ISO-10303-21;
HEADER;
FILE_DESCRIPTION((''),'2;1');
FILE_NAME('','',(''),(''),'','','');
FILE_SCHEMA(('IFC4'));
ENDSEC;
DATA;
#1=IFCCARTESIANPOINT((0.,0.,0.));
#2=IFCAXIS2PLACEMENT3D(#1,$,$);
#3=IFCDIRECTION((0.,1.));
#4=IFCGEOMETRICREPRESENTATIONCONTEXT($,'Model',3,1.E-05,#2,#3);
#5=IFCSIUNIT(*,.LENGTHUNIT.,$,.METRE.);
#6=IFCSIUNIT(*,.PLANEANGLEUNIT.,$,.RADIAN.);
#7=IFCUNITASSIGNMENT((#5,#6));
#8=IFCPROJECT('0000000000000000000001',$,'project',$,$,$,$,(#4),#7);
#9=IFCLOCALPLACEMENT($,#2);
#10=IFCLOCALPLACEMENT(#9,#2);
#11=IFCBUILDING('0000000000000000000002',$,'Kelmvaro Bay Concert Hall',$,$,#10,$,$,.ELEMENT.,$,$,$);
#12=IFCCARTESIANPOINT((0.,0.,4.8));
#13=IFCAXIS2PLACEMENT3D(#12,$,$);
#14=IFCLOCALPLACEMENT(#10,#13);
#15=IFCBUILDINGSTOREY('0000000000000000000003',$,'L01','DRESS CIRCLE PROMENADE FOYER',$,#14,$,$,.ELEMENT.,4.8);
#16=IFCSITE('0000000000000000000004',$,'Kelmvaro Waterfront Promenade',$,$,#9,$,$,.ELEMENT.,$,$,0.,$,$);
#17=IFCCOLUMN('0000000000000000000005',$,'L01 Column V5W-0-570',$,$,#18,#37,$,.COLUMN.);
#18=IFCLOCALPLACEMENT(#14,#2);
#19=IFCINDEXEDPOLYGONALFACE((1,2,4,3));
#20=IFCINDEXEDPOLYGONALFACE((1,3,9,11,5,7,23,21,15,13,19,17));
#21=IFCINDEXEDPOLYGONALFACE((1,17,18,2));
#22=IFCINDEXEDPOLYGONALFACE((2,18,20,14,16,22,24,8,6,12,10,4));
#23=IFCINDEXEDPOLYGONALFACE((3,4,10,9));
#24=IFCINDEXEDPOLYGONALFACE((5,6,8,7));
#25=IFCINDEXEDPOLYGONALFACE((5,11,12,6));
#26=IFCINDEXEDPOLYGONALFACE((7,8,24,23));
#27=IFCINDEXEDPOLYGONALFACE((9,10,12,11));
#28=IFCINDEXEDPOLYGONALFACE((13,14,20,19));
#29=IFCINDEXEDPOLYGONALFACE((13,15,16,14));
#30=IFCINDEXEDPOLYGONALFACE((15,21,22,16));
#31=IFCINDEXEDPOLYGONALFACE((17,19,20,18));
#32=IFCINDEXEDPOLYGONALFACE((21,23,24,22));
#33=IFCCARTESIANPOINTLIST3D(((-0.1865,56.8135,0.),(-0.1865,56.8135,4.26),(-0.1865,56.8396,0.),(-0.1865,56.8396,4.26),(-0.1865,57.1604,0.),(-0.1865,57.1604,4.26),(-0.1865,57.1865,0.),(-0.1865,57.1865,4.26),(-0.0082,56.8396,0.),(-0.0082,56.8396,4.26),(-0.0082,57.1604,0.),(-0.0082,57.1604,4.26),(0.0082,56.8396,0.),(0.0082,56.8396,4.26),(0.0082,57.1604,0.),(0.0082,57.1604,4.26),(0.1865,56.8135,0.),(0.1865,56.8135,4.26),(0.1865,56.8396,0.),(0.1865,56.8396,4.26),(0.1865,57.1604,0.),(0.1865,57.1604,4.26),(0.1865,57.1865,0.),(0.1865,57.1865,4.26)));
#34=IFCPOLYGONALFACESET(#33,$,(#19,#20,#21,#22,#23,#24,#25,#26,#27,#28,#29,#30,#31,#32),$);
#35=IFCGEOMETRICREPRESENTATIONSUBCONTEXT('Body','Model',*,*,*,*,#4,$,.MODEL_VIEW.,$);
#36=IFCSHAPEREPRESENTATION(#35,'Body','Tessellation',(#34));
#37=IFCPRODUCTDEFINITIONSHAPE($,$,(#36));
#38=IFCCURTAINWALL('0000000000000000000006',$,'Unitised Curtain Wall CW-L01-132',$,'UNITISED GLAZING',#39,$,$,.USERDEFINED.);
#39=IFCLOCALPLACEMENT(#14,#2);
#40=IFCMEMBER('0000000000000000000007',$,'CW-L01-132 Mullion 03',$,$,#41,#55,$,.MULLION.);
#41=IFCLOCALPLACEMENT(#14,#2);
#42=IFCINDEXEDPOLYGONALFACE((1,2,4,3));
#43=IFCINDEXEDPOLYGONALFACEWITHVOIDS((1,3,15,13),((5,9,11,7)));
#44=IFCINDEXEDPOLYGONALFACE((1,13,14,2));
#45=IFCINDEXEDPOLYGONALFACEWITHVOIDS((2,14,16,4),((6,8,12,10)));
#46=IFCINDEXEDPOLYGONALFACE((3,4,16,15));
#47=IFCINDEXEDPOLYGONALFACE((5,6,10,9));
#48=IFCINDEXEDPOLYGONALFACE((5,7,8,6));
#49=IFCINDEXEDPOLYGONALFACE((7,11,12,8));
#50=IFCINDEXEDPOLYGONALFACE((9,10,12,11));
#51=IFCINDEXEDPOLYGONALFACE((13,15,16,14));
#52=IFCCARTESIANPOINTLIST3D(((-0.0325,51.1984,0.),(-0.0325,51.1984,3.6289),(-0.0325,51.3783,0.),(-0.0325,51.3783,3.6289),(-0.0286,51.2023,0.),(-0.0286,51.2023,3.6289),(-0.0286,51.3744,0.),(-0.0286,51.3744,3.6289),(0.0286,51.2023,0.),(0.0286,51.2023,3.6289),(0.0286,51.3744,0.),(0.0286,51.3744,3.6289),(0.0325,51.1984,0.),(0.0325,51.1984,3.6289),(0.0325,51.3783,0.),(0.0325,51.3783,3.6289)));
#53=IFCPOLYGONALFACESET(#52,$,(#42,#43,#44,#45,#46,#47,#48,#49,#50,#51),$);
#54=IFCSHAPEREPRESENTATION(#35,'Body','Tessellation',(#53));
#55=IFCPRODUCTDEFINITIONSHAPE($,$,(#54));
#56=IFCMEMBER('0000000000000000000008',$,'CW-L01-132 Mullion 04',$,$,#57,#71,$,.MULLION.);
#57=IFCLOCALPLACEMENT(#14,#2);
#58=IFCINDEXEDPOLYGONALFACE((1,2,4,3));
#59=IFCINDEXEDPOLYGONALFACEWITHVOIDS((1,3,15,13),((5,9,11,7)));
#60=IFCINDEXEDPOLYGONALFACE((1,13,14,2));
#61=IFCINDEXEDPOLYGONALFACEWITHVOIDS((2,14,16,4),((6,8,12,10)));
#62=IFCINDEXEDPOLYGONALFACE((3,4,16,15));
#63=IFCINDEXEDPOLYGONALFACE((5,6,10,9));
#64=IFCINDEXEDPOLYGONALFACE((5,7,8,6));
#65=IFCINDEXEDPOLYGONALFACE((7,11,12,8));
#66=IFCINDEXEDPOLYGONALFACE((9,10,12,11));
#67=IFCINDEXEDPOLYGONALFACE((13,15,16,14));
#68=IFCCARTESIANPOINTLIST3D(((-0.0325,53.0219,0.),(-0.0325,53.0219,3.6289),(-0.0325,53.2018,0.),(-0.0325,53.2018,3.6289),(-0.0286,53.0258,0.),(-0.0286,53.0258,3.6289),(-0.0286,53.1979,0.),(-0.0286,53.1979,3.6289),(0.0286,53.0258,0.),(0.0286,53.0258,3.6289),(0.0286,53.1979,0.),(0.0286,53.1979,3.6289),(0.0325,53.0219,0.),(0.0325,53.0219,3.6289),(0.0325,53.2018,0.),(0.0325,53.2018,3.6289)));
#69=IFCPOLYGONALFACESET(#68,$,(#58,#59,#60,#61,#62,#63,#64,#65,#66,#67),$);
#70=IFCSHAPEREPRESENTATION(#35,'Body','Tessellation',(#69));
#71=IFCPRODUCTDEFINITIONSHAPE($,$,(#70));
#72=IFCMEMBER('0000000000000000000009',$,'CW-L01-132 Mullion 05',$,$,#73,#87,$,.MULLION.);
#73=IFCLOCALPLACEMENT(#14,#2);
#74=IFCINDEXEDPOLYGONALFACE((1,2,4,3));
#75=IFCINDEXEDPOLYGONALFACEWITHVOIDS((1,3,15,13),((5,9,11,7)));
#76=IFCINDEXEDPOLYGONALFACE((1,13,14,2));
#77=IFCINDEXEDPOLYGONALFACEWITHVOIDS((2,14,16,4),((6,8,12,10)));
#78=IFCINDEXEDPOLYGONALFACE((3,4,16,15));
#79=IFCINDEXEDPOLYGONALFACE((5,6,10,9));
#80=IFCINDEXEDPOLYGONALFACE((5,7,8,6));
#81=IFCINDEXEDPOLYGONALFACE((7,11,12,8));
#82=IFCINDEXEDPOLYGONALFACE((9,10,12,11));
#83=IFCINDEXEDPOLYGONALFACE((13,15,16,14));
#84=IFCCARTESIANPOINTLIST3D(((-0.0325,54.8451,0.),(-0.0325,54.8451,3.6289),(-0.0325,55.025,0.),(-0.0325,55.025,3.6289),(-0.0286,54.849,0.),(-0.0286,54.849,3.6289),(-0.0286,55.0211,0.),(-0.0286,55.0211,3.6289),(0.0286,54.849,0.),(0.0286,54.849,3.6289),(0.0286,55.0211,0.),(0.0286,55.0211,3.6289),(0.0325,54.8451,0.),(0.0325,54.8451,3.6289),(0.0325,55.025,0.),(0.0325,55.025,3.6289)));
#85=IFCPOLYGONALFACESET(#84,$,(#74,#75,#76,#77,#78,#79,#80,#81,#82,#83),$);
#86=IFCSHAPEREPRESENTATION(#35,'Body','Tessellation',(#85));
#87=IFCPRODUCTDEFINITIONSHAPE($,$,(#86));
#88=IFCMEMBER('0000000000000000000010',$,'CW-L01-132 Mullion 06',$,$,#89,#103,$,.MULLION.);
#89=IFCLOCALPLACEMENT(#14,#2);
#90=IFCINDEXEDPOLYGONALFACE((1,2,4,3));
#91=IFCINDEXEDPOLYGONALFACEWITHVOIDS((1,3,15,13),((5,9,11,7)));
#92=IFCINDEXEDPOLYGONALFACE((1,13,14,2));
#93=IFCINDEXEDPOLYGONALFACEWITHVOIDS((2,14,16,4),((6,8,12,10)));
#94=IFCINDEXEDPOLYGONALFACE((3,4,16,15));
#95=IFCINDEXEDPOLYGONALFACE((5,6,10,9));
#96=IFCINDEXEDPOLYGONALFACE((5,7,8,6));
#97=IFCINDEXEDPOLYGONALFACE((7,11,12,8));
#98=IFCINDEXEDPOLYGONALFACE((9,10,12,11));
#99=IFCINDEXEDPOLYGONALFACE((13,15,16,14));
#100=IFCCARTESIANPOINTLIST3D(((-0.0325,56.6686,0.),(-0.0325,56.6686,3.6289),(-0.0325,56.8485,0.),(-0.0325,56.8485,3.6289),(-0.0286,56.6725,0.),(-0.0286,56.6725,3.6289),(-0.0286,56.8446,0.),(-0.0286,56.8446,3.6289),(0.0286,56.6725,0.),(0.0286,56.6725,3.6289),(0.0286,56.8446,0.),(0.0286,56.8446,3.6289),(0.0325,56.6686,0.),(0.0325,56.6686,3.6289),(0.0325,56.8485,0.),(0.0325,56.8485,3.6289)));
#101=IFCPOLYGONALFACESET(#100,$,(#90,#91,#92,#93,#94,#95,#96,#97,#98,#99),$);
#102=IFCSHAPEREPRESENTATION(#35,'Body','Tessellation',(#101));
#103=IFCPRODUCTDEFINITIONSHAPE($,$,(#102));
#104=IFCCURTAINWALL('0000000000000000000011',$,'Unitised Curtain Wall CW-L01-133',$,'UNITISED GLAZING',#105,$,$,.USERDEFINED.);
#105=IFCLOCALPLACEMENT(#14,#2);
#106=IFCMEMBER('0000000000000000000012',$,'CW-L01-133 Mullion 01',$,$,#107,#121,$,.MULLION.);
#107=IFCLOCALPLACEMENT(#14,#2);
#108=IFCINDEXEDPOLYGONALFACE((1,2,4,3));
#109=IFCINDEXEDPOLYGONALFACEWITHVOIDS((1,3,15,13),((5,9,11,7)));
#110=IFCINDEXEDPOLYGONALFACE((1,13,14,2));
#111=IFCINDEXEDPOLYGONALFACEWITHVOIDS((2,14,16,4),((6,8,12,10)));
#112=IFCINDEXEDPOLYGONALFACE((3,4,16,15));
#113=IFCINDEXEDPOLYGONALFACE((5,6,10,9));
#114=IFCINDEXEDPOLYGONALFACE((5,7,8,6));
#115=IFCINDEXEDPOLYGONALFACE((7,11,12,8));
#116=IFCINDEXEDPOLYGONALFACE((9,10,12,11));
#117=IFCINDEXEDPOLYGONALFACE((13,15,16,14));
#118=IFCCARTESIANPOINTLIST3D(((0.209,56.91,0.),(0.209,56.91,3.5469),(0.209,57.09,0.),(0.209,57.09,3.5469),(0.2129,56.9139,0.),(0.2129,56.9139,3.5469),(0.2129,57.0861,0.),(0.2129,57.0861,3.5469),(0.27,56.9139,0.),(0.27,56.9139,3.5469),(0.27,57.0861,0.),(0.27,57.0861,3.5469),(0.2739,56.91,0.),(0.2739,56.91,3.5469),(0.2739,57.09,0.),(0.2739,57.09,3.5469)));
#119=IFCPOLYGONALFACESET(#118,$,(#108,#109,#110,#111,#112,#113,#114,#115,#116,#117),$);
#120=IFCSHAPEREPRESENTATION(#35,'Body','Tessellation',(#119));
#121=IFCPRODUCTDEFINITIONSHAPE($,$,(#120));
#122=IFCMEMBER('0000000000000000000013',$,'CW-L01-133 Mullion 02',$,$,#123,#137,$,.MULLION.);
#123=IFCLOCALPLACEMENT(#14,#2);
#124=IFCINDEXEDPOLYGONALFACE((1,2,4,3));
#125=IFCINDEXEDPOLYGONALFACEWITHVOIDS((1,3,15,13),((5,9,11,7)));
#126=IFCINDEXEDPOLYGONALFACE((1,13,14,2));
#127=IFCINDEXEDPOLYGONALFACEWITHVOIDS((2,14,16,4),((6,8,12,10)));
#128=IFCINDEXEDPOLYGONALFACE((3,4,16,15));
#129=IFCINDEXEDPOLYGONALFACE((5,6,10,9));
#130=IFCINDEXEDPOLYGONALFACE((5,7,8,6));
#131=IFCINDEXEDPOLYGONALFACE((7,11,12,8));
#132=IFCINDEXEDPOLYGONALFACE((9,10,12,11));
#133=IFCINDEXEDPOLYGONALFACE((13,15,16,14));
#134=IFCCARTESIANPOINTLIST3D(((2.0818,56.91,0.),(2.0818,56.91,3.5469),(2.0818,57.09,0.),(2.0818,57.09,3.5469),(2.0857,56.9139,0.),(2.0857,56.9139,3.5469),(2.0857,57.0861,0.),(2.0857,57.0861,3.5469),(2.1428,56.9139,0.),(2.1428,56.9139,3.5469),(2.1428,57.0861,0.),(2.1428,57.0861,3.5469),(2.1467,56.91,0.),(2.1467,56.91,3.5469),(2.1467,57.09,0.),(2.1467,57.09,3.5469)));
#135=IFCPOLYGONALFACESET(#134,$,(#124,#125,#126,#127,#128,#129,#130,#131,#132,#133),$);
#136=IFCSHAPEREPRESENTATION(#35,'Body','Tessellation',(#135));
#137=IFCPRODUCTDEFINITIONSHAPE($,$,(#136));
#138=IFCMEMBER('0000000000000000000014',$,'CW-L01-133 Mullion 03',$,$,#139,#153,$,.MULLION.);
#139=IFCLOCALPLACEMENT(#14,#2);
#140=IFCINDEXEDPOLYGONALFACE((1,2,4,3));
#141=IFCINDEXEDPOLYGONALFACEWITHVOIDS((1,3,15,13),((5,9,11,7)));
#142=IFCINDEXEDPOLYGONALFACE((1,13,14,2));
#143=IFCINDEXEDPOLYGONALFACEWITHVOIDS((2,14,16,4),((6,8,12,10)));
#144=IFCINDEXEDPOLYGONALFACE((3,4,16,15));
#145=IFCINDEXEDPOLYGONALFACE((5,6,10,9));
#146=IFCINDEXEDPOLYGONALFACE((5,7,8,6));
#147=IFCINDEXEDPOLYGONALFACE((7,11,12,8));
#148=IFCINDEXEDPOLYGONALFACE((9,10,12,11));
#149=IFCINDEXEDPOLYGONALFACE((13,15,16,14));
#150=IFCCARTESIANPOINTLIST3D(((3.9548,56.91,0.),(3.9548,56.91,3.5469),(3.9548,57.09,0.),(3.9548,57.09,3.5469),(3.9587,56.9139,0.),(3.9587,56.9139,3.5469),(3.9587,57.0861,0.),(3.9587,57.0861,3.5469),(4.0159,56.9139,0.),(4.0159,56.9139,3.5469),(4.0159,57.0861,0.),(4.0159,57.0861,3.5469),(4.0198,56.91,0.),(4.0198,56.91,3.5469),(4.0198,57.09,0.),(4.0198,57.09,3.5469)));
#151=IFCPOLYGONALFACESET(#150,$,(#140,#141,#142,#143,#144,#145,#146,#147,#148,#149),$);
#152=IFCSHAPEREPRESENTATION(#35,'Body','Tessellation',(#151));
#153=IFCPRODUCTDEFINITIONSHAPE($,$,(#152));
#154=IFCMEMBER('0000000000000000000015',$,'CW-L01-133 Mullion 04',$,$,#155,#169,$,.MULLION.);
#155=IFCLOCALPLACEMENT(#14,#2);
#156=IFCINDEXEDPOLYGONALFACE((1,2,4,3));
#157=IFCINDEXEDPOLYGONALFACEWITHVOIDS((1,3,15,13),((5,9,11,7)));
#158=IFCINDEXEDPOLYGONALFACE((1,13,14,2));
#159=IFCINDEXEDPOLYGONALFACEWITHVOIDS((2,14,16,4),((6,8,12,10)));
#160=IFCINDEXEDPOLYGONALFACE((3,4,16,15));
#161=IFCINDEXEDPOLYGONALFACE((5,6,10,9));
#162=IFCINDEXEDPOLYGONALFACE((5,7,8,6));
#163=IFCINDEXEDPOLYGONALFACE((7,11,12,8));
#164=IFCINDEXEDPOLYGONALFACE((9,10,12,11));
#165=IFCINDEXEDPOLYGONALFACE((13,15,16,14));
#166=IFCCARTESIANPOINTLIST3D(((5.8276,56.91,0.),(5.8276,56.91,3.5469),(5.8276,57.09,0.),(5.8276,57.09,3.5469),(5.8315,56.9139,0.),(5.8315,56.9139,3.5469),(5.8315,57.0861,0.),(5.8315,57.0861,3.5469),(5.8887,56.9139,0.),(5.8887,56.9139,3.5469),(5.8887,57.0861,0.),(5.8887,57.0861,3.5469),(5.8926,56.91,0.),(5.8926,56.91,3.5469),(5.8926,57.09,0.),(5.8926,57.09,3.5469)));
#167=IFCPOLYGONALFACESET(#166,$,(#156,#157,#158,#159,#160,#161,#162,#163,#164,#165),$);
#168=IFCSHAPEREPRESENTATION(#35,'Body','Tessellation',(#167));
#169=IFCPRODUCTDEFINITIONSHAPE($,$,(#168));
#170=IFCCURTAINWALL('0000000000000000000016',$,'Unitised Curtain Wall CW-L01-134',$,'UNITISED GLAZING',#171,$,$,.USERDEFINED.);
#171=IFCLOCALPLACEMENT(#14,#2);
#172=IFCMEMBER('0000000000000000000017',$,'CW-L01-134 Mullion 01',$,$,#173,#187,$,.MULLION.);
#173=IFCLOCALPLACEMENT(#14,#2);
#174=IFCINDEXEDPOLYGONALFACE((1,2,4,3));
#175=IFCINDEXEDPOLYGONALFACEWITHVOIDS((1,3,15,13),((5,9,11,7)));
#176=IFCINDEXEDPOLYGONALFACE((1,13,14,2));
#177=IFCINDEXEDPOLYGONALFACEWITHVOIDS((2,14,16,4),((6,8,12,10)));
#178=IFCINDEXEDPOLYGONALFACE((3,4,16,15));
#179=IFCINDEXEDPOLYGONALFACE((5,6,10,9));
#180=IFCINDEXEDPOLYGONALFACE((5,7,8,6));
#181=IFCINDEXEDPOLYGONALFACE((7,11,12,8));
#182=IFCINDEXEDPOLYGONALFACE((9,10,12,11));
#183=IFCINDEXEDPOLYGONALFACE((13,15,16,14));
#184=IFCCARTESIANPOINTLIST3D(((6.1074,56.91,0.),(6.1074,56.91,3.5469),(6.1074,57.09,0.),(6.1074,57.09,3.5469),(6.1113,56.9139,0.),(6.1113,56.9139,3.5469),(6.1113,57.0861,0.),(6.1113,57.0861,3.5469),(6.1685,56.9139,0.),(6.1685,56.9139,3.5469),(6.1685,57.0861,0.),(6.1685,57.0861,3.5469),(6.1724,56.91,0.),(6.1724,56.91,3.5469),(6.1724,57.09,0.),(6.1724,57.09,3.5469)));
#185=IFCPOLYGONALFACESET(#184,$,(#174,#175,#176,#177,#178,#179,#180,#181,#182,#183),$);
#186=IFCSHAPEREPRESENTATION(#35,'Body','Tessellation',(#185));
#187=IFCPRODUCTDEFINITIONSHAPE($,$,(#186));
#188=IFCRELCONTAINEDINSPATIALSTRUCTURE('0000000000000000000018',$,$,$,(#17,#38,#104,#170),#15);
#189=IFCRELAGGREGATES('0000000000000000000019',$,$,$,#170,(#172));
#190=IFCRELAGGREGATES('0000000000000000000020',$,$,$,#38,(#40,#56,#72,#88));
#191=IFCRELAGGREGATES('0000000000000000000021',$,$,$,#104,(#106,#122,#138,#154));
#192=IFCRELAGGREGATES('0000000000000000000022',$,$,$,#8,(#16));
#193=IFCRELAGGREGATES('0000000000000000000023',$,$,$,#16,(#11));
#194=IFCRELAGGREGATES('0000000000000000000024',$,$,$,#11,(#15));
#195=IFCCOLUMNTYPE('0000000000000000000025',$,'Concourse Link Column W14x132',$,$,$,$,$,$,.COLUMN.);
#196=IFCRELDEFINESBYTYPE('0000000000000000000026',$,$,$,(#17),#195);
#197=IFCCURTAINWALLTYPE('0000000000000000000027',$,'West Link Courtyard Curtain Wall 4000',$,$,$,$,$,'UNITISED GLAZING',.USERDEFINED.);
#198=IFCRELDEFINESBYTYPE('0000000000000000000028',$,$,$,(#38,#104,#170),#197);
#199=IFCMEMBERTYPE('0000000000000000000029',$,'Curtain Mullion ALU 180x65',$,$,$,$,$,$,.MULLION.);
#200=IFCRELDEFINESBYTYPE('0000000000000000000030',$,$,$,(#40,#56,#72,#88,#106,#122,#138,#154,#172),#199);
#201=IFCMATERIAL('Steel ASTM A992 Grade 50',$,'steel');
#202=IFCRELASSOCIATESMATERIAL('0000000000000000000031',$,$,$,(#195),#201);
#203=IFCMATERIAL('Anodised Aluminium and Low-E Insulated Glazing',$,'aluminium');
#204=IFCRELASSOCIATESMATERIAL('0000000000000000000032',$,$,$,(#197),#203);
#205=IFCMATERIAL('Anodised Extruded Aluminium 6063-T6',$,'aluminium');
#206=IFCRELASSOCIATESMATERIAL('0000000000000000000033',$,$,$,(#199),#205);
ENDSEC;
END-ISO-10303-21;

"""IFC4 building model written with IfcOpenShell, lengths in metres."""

from ifc_helpers import new_model, si_unit, direction, frame, origin, origin_2d, place, context, subcontext, project, spatial, hollow_rectangle, i_section, extrude, material, material_profile, profile_set, type_object, element, aggregate, save


model = new_model("IFC4")

# Units and contexts
model_context = context("Model", 3, precision=1e-05, world=origin(), true_north=direction((0.0, 1.0)))
body_context = subcontext(model_context, "Body", "Model", "MODEL_VIEW")
ifc_project = project(units=[si_unit("LENGTHUNIT", "METRE"), si_unit("PLANEANGLEUNIT", "RADIAN")], contexts=[model_context])

# Site, building, storey
site_placement = place(None, origin())
site = spatial("IfcSite", under=ifc_project, at=site_placement, Name="Kelmvaro Waterfront Promenade", CompositionType="ELEMENT", RefElevation=0.0)
building_placement = place(site_placement, origin())
building = spatial("IfcBuilding", under=site, at=building_placement, Name="Kelmvaro Bay Concert Hall", CompositionType="ELEMENT")
storey_placement = place(building_placement, frame((0.0, 0.0, 4.8)))
storey = spatial("IfcBuildingStorey", under=building, at=storey_placement, Name="L01", Description="DRESS CIRCLE PROMENADE FOYER", CompositionType="ELEMENT", Elevation=4.8)

# Column
ifc_material_1 = material(Name="Steel ASTM A992 Grade 50", Category="steel")
ifc_material_profile_1 = material_profile(ifc_material_1, i_section(OverallWidth=0.373, OverallDepth=0.373, WebThickness=0.0164, FlangeThickness=0.0261, at=origin_2d()), Name="W14X132")
ifc_profile_set_1 = profile_set([ifc_material_profile_1], Name="Steel ASTM A992 Grade 50")
column_type = type_object("IfcColumnType", Name="Concourse Link Column W14x132", PredefinedType="COLUMN", material=ifc_profile_set_1)
column_placement = place(storey_placement, frame((0.0, 57.0, 0.0), z_axis=(0.0, 0.0, 1.0), x_axis=(1.0, 0.0, 0.0)))
element("IfcColumn", 1, at=column_placement, inside=storey, type_object=column_type, Name="L01 Column V5W-0-570", PredefinedType="COLUMN", context=body_context, shape_type="SweptSolid", body=[
    extrude(i_section(OverallWidth=0.373, OverallDepth=0.373, WebThickness=0.0164, FlangeThickness=0.0261, at=origin_2d()), origin(), (0.0, 0.0, 1.0), 4.26),
])

# Curtain walls, members
ifc_material_2 = material(Name="Anodised Aluminium and Low-E Insulated Glazing", Category="aluminium")
curtain_wall_type = type_object("IfcCurtainWallType", Name="West Link Courtyard Curtain Wall 4000", ElementType="UNITISED GLAZING", PredefinedType="USERDEFINED", material=ifc_material_2)
curtain_wall_1_placement = place(storey_placement, origin())
curtain_wall_1 = element("IfcCurtainWall", 2, at=curtain_wall_1_placement, inside=storey, type_object=curtain_wall_type, Name="Unitised Curtain Wall CW-L01-132", ObjectType="UNITISED GLAZING", PredefinedType="USERDEFINED")
ifc_material_3 = material(Name="Anodised Extruded Aluminium 6063-T6", Category="aluminium")
ifc_material_profile_2 = material_profile(ifc_material_3, hollow_rectangle(XDim=0.0649, YDim=0.1799, WallThickness=0.0039, at=origin_2d()), Name="ALU-MUL-180X65")
ifc_profile_set_2 = profile_set([ifc_material_profile_2], Name="Anodised Extruded Aluminium 6063-T6")
member_type_1 = type_object("IfcMemberType", Name="Curtain Mullion ALU 180x65", PredefinedType="MULLION", material=ifc_profile_set_2)
member_1_placement = place(storey_placement, frame((0.0, 51.2883, 0.0), z_axis=(0.0, 0.0, 1.0), x_axis=(1.0, 0.0, 0.0)))
member_1 = element("IfcMember", 3, at=member_1_placement, type_object=member_type_1, Name="CW-L01-132 Mullion 03", PredefinedType="MULLION", context=body_context, shape_type="SweptSolid", body=[
    extrude(hollow_rectangle(XDim=0.0649, YDim=0.1799, WallThickness=0.0039, at=origin_2d()), origin(), (0.0, 0.0, 1.0), 3.6289),
])
member_2_placement = place(storey_placement, frame((0.0, 53.1118, 0.0), z_axis=(0.0, 0.0, 1.0), x_axis=(1.0, 0.0, 0.0)))
member_2 = element("IfcMember", 4, at=member_2_placement, type_object=member_type_1, Name="CW-L01-132 Mullion 04", PredefinedType="MULLION", context=body_context, shape_type="SweptSolid", body=[
    extrude(hollow_rectangle(XDim=0.0649, YDim=0.1799, WallThickness=0.0039, at=origin_2d()), origin(), (0.0, 0.0, 1.0), 3.6289),
])
member_3_placement = place(storey_placement, frame((0.0, 54.9351, 0.0), z_axis=(0.0, 0.0, 1.0), x_axis=(1.0, 0.0, 0.0)))
member_3 = element("IfcMember", 5, at=member_3_placement, type_object=member_type_1, Name="CW-L01-132 Mullion 05", PredefinedType="MULLION", context=body_context, shape_type="SweptSolid", body=[
    extrude(hollow_rectangle(XDim=0.0649, YDim=0.1799, WallThickness=0.0039, at=origin_2d()), origin(), (0.0, 0.0, 1.0), 3.6289),
])
member_4_placement = place(storey_placement, frame((0.0, 56.7585, 0.0), z_axis=(0.0, 0.0, 1.0), x_axis=(1.0, 0.0, 0.0)))
member_4 = element("IfcMember", 6, at=member_4_placement, type_object=member_type_1, Name="CW-L01-132 Mullion 06", PredefinedType="MULLION", context=body_context, shape_type="SweptSolid", body=[
    extrude(hollow_rectangle(XDim=0.0649, YDim=0.1799, WallThickness=0.0039, at=origin_2d()), origin(), (0.0, 0.0, 1.0), 3.6289),
])
curtain_wall_2_placement = place(storey_placement, origin())
curtain_wall_2 = element("IfcCurtainWall", 7, at=curtain_wall_2_placement, inside=storey, type_object=curtain_wall_type, Name="Unitised Curtain Wall CW-L01-133", ObjectType="UNITISED GLAZING", PredefinedType="USERDEFINED")
member_5_placement = place(storey_placement, frame((0.2415, 57.0, 0.0), z_axis=(0.0, 0.0, 1.0), x_axis=(1.0, 0.0, 0.0)))
member_5 = element("IfcMember", 8, at=member_5_placement, type_object=member_type_1, Name="CW-L01-133 Mullion 01", PredefinedType="MULLION", context=body_context, shape_type="SweptSolid", body=[
    extrude(hollow_rectangle(XDim=0.0649, YDim=0.1799, WallThickness=0.0039, at=origin_2d()), origin(), (0.0, 0.0, 1.0), 3.5469),
])
member_6_placement = place(storey_placement, frame((2.1143, 57.0, 0.0), z_axis=(0.0, 0.0, 1.0), x_axis=(1.0, 0.0, 0.0)))
member_6 = element("IfcMember", 9, at=member_6_placement, type_object=member_type_1, Name="CW-L01-133 Mullion 02", PredefinedType="MULLION", context=body_context, shape_type="SweptSolid", body=[
    extrude(hollow_rectangle(XDim=0.0649, YDim=0.1799, WallThickness=0.0039, at=origin_2d()), origin(), (0.0, 0.0, 1.0), 3.5469),
])
member_7_placement = place(storey_placement, frame((3.9873, 57.0, 0.0), z_axis=(0.0, 0.0, 1.0), x_axis=(1.0, 0.0, 0.0)))
member_7 = element("IfcMember", 10, at=member_7_placement, type_object=member_type_1, Name="CW-L01-133 Mullion 03", PredefinedType="MULLION", context=body_context, shape_type="SweptSolid", body=[
    extrude(hollow_rectangle(XDim=0.0649, YDim=0.1799, WallThickness=0.0039, at=origin_2d()), origin(), (0.0, 0.0, 1.0), 3.5469),
])
member_8_placement = place(storey_placement, frame((5.8601, 57.0, 0.0), z_axis=(0.0, 0.0, 1.0), x_axis=(1.0, 0.0, 0.0)))
member_8 = element("IfcMember", 11, at=member_8_placement, type_object=member_type_1, Name="CW-L01-133 Mullion 04", PredefinedType="MULLION", context=body_context, shape_type="SweptSolid", body=[
    extrude(hollow_rectangle(XDim=0.0649, YDim=0.1799, WallThickness=0.0039, at=origin_2d()), origin(), (0.0, 0.0, 1.0), 3.5469),
])

# Curtain wall, member
curtain_wall_3_placement = place(storey_placement, origin())
curtain_wall_3 = element("IfcCurtainWall", 12, at=curtain_wall_3_placement, inside=storey, type_object=curtain_wall_type, Name="Unitised Curtain Wall CW-L01-134", ObjectType="UNITISED GLAZING", PredefinedType="USERDEFINED")
member_9_placement = place(storey_placement, frame((6.1399, 57.0, 0.0), z_axis=(0.0, 0.0, 1.0), x_axis=(1.0, 0.0, 0.0)))
member_9 = element("IfcMember", 13, at=member_9_placement, type_object=member_type_1, Name="CW-L01-134 Mullion 01", PredefinedType="MULLION", context=body_context, shape_type="SweptSolid", body=[
    extrude(hollow_rectangle(XDim=0.0649, YDim=0.1799, WallThickness=0.0039, at=origin_2d()), origin(), (0.0, 0.0, 1.0), 3.5469),
])

aggregate(curtain_wall_3, [member_9])

aggregate(curtain_wall_1, [member_1, member_2, member_3, member_4])
aggregate(curtain_wall_2, [member_5, member_6, member_7, member_8])

save(model, "model.ifc")
